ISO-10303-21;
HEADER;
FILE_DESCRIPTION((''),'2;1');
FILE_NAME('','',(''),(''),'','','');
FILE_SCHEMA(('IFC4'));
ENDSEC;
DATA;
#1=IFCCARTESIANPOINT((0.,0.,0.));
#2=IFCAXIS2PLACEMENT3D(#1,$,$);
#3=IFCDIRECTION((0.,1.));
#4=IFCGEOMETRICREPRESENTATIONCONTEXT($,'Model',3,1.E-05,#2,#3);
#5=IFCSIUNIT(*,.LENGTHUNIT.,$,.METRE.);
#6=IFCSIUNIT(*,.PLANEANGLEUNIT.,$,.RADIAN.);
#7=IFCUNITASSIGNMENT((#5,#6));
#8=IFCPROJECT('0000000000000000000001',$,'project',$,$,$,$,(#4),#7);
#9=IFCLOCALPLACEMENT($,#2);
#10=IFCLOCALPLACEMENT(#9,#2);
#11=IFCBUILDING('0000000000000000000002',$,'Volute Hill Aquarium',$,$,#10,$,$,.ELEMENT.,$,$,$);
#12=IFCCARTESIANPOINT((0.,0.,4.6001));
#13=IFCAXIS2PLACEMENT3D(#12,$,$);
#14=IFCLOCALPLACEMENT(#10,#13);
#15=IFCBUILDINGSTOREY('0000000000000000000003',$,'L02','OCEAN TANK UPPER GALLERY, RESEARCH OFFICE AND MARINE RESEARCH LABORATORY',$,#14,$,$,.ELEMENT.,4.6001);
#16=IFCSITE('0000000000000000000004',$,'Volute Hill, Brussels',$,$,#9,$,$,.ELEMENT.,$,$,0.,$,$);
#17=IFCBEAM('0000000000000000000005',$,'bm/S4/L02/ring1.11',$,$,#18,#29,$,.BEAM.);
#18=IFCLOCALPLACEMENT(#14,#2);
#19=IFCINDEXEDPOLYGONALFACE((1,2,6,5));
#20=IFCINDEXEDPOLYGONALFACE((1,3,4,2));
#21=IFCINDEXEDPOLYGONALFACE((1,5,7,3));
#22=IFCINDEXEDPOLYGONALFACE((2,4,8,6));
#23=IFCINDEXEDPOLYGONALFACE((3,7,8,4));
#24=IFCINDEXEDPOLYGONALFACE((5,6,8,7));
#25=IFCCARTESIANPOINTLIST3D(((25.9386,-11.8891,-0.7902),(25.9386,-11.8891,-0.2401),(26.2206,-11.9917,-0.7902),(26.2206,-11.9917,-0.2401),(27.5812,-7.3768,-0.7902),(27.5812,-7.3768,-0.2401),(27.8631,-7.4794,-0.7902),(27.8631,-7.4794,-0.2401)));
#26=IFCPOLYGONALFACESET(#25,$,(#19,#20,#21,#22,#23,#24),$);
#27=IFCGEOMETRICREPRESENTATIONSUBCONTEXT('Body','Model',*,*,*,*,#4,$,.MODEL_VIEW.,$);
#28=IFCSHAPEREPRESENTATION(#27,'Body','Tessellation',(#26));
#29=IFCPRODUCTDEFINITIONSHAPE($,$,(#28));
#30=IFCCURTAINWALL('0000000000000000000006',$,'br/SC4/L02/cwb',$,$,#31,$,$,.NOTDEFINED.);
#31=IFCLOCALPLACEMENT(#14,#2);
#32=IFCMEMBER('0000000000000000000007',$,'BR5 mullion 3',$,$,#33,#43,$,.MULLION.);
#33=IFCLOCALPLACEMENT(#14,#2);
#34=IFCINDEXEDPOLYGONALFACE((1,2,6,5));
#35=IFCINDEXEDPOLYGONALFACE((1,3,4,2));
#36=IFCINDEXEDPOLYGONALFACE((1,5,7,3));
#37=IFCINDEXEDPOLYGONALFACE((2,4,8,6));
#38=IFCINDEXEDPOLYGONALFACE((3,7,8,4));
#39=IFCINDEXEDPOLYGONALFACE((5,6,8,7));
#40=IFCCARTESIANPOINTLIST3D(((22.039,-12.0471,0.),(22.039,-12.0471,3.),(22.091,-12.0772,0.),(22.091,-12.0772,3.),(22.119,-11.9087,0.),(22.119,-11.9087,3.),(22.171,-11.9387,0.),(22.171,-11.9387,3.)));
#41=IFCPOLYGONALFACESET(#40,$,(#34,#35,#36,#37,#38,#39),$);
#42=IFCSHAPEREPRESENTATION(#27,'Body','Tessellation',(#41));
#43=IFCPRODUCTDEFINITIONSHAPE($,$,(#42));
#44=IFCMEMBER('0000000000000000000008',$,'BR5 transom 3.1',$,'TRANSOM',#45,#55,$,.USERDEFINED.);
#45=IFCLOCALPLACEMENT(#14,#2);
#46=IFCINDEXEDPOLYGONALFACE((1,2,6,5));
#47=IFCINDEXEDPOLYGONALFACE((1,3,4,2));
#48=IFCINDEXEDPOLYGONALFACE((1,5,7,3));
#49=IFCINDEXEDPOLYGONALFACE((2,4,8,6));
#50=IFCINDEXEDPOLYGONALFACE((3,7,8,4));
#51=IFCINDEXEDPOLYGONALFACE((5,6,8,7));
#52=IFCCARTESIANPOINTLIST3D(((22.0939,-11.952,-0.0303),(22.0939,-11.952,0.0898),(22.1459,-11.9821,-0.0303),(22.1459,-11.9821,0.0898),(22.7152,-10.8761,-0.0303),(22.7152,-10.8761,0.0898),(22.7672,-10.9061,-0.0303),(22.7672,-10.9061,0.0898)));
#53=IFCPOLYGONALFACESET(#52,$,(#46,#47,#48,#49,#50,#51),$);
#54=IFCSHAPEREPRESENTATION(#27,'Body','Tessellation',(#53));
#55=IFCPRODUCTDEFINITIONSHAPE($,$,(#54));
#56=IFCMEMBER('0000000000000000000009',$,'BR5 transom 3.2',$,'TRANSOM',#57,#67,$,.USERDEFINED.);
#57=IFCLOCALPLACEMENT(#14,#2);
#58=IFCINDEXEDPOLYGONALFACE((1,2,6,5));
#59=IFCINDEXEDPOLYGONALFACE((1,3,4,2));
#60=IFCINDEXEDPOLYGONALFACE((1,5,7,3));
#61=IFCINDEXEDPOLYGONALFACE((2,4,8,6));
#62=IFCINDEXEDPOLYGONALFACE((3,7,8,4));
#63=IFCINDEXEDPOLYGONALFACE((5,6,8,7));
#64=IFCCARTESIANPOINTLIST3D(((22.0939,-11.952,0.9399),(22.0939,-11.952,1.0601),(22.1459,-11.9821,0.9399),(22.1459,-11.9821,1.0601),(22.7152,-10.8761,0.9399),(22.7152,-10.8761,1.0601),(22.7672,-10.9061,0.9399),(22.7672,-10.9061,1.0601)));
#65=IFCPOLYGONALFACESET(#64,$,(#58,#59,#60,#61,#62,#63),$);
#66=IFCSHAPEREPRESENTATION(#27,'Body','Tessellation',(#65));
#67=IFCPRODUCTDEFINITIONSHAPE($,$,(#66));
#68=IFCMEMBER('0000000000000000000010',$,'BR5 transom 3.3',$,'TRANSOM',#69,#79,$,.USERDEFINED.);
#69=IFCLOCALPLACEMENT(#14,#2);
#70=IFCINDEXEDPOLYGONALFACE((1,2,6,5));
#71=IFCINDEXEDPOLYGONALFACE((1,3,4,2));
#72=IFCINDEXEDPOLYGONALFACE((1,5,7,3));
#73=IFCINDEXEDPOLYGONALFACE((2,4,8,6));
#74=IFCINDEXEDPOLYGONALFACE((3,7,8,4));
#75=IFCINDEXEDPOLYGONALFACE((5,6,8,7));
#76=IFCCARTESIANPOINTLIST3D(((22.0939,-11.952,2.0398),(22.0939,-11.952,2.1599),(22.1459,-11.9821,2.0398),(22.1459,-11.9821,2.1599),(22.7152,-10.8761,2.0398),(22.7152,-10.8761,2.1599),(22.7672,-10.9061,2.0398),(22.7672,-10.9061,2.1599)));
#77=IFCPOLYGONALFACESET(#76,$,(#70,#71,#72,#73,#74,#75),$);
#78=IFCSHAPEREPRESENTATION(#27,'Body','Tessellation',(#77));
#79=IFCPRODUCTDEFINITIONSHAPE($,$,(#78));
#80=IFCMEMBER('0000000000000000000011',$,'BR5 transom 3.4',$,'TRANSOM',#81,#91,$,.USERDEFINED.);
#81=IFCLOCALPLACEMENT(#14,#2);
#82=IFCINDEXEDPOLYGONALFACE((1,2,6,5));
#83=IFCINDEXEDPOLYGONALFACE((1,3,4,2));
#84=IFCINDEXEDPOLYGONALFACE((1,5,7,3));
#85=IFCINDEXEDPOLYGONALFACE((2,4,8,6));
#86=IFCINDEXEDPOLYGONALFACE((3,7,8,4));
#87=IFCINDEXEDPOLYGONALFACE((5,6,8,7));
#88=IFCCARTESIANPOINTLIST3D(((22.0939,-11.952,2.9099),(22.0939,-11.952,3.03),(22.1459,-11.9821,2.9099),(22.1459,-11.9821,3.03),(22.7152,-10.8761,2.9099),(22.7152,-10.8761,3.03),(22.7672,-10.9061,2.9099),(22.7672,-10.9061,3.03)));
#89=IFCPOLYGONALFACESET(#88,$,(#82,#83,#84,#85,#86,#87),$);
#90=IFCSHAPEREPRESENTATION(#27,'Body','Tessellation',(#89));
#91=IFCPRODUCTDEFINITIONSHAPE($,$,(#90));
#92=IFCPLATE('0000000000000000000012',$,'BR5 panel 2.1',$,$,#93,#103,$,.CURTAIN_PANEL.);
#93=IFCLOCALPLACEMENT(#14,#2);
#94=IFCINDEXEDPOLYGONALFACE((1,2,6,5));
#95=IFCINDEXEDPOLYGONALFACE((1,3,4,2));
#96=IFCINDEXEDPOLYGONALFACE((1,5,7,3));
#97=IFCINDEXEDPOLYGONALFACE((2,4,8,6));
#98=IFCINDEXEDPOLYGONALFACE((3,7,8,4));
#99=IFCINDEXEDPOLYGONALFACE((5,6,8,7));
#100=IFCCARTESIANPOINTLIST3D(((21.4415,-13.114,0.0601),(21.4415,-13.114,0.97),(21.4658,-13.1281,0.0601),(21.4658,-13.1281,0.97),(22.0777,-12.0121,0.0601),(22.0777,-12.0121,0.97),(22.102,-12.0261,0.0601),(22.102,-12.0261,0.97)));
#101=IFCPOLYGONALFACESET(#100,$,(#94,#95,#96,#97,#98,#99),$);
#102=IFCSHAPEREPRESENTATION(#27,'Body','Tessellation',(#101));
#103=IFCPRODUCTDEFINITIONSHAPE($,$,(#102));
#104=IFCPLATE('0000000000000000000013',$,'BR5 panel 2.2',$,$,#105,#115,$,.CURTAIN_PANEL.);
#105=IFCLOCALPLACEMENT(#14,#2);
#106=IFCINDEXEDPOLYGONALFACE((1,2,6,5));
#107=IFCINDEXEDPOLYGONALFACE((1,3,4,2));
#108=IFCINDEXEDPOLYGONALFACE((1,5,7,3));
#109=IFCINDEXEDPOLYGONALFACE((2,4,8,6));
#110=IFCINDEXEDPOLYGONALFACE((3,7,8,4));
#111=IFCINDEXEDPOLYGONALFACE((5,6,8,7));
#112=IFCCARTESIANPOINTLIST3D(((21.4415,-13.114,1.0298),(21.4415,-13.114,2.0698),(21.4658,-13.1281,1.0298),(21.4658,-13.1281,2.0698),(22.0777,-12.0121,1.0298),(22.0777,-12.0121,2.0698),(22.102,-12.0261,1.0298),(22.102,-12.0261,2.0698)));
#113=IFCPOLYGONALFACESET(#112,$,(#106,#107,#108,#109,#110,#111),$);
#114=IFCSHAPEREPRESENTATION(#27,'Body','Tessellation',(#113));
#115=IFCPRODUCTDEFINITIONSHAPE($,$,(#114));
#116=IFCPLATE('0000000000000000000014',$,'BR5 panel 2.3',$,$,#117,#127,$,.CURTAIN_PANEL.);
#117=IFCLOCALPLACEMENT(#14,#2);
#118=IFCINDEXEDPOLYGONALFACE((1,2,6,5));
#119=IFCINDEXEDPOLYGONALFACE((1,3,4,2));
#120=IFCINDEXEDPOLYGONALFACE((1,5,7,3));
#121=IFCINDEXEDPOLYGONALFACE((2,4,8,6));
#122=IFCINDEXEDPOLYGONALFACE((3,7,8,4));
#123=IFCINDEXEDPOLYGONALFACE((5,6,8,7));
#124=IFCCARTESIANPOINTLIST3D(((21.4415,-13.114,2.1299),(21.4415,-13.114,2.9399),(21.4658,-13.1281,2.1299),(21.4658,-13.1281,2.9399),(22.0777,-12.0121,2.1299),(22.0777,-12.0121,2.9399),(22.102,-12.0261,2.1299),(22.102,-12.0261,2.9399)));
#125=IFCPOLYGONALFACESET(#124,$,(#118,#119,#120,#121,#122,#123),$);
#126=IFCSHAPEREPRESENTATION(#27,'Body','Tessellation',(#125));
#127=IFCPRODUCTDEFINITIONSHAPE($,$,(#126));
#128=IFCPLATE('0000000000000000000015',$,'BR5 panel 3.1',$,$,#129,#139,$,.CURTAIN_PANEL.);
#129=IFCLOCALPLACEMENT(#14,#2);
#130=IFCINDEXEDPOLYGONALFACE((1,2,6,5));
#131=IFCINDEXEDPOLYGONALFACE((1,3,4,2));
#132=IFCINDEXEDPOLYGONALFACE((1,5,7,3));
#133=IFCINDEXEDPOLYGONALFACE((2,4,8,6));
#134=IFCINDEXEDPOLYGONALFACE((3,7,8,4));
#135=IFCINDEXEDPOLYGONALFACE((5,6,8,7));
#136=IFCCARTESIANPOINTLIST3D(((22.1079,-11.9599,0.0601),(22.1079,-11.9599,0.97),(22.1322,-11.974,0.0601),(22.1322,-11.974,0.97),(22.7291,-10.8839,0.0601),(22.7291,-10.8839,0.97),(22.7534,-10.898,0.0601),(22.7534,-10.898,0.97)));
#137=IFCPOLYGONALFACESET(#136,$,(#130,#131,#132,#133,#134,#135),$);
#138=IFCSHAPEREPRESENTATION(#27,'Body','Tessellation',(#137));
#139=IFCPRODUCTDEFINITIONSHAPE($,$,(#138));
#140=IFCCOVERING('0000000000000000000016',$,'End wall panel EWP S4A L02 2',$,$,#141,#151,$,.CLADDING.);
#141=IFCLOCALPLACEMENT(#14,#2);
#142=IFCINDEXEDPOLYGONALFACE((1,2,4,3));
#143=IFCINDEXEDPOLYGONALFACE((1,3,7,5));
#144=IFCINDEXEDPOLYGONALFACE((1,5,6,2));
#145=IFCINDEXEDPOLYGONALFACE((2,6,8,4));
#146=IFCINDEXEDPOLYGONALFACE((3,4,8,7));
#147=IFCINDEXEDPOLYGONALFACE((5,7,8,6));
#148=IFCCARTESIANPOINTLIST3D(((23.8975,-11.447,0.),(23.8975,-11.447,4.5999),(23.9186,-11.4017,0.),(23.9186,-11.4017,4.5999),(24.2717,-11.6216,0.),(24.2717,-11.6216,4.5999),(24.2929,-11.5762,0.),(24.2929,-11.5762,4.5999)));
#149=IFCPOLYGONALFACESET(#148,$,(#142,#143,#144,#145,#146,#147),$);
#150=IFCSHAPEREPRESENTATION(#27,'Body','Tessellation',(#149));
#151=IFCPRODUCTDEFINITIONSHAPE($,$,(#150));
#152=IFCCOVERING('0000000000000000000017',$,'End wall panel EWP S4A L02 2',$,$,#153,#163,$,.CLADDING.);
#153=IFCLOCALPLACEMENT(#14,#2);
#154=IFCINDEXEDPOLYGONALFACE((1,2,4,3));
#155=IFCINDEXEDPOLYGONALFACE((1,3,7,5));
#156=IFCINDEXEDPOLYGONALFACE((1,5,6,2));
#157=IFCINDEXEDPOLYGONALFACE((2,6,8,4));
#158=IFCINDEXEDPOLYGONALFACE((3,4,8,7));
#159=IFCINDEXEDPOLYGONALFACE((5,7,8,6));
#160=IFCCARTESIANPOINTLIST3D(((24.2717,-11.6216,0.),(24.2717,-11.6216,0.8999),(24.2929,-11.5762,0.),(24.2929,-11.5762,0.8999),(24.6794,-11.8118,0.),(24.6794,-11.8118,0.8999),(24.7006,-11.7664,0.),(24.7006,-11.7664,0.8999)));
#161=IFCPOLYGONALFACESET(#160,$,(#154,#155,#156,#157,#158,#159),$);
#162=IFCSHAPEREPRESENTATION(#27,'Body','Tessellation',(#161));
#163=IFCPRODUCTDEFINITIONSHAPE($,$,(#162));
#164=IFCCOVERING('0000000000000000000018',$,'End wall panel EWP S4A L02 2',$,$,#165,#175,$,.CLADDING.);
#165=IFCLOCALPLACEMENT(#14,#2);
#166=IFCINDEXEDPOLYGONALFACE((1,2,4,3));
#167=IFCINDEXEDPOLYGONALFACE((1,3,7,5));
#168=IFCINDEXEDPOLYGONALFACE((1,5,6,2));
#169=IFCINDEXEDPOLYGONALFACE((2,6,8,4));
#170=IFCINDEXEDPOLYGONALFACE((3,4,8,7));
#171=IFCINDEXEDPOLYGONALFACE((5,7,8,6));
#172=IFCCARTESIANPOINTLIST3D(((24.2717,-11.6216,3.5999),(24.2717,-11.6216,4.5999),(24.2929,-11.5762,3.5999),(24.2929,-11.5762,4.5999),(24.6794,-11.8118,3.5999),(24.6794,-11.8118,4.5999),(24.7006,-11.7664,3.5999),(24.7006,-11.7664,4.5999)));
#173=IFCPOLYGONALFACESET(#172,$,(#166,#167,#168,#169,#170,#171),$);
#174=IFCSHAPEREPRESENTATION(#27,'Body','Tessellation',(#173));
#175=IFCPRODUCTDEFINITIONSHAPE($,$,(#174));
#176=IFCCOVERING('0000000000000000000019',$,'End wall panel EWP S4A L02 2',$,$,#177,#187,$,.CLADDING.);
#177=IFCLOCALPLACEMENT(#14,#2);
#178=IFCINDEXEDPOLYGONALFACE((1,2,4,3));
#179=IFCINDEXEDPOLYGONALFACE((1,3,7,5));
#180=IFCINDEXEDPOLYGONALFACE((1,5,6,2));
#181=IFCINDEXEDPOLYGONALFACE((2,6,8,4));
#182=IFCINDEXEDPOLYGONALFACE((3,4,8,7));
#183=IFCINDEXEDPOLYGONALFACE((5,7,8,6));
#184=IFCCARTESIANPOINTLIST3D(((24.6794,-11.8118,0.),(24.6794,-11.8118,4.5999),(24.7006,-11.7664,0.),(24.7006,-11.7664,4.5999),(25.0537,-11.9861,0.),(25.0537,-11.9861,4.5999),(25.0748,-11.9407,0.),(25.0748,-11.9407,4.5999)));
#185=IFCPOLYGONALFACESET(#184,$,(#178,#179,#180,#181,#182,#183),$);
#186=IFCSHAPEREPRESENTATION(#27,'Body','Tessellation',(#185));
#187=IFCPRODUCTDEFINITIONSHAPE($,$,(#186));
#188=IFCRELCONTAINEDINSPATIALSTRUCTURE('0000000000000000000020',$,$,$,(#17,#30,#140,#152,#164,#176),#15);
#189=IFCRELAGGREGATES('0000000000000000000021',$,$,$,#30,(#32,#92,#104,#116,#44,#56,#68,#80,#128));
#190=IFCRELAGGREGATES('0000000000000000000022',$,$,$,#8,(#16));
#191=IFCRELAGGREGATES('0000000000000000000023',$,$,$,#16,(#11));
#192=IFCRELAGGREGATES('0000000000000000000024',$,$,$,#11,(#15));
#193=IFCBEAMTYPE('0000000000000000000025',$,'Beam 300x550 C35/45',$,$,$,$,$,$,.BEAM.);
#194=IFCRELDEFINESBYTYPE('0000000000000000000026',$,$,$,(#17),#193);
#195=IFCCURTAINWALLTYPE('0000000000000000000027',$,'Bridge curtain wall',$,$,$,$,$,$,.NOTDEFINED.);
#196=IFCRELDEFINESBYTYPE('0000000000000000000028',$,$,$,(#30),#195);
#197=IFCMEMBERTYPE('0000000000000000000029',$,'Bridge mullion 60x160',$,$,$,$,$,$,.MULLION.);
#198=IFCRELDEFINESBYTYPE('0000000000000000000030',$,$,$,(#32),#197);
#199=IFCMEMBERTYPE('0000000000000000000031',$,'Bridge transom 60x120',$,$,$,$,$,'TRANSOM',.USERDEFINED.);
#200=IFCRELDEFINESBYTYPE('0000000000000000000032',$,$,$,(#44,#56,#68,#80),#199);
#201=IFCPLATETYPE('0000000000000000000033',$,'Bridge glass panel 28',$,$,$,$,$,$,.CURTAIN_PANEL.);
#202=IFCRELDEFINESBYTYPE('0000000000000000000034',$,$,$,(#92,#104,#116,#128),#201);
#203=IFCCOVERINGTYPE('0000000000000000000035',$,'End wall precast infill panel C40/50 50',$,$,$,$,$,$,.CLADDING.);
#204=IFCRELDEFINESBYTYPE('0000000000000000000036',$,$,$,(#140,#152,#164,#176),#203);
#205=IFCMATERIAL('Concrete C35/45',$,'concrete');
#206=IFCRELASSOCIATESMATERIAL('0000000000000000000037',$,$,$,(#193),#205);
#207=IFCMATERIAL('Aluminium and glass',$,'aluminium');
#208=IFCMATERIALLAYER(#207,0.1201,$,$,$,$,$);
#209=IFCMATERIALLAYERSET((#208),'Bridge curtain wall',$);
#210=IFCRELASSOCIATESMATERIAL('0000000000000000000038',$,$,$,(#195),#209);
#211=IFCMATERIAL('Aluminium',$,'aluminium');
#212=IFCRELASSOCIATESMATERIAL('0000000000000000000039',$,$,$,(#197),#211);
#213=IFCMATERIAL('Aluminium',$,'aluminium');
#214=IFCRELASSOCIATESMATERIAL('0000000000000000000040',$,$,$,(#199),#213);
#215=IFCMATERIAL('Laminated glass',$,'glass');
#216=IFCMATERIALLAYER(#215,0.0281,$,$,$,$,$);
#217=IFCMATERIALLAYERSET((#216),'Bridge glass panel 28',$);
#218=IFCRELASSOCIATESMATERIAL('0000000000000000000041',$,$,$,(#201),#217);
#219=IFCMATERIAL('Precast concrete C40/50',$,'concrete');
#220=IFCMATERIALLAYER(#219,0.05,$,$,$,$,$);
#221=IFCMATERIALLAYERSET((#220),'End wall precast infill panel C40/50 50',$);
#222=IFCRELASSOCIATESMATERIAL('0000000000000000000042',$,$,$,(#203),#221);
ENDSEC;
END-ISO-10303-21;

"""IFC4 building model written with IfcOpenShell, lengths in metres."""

from ifc_helpers import new_model, si_unit, direction, frame, origin, origin_2d, place, context, subcontext, project, spatial, polyline, rectangle, outline, extrude, material, layer, layer_set, material_profile, profile_set, type_object, element, aggregate, save


model = new_model("IFC4")

# Units and contexts
model_context = context("Model", 3, precision=1e-05, world=origin(), true_north=direction((0.0, 1.0)))
body_context = subcontext(model_context, "Body", "Model", "MODEL_VIEW")
ifc_project = project(units=[si_unit("LENGTHUNIT", "METRE"), si_unit("PLANEANGLEUNIT", "RADIAN")], contexts=[model_context])

# Site, building, storey
site_placement = place(None, origin())
site = spatial("IfcSite", under=ifc_project, at=site_placement, Name="Volute Hill, Brussels", CompositionType="ELEMENT", RefElevation=0.0)
building_placement = place(site_placement, origin())
building = spatial("IfcBuilding", under=site, at=building_placement, Name="Volute Hill Aquarium", CompositionType="ELEMENT")
storey_placement = place(building_placement, frame((0.0, 0.0, 4.6001)))
storey = spatial("IfcBuildingStorey", under=building, at=storey_placement, Name="L02", Description="OCEAN TANK UPPER GALLERY, RESEARCH OFFICE AND MARINE RESEARCH LABORATORY", CompositionType="ELEMENT", Elevation=4.6001)

# Beam
ifc_material_1 = material(Name="Concrete C35/45", Category="concrete")
ifc_material_profile_1 = material_profile(ifc_material_1, rectangle(XDim=0.3, YDim=0.55, at=origin_2d()), Name="RC beam 300x550")
ifc_profile_set_1 = profile_set([ifc_material_profile_1], Name="Concrete C35/45")
beam_type = type_object("IfcBeamType", Name="Beam 300x550 C35/45", PredefinedType="BEAM", material=ifc_profile_set_1)
beam_placement = place(storey_placement, frame((26.0796, -11.9404, -0.5151), z_axis=(0.342053, 0.939681, 0.0), x_axis=(-0.939681, 0.342053, 0.0)))
element("IfcBeam", 1, at=beam_placement, inside=storey, type_object=beam_type, Name="bm/S4/L02/ring1.11", PredefinedType="BEAM", context=body_context, shape_type="SweptSolid", body=[
    extrude(rectangle(XDim=0.3, YDim=0.55, at=origin_2d()), origin(), (0.0, 0.0, 1.0), 4.802),
])

# Curtain wall, members, plates
ifc_material_2 = material(Name="Aluminium and glass", Category="aluminium")
ifc_layer_1 = layer(ifc_material_2, 0.1201)
ifc_layer_set_1 = layer_set([ifc_layer_1], Name="Bridge curtain wall")
curtain_wall_type = type_object("IfcCurtainWallType", Name="Bridge curtain wall", PredefinedType="NOTDEFINED", material=ifc_layer_set_1)
curtain_wall_placement = place(storey_placement, origin())
curtain_wall = element("IfcCurtainWall", 2, at=curtain_wall_placement, inside=storey, type_object=curtain_wall_type, Name="br/SC4/L02/cwb", PredefinedType="NOTDEFINED")
ifc_material_3 = material(Name="Aluminium", Category="aluminium")
ifc_material_profile_2 = material_profile(ifc_material_3, rectangle(XDim=0.0601, YDim=0.1599, at=origin_2d()), Name="Aluminium mullion 60x160")
ifc_profile_set_2 = profile_set([ifc_material_profile_2], Name="Aluminium")
member_type_1 = type_object("IfcMemberType", Name="Bridge mullion 60x160", PredefinedType="MULLION", material=ifc_profile_set_2)
member_1_placement = place(storey_placement, frame((22.105, -11.9929, 0.0), z_axis=(0.0, 0.0, 1.0), x_axis=(-0.866022, 0.500005, 0.0)))
member_1 = element("IfcMember", 3, at=member_1_placement, type_object=member_type_1, Name="BR5 mullion 3", PredefinedType="MULLION", context=body_context, shape_type="SweptSolid", body=[
    extrude(rectangle(XDim=0.0601, YDim=0.1599, at=origin_2d()), origin(), (0.0, 0.0, 1.0), 3.0),
])
ifc_material_4 = material(Name="Aluminium", Category="aluminium")
ifc_material_profile_3 = material_profile(ifc_material_4, rectangle(XDim=0.0601, YDim=0.1201, at=origin_2d()), Name="Aluminium transom 60x120")
ifc_profile_set_3 = profile_set([ifc_material_profile_3], Name="Aluminium")
member_type_2 = type_object("IfcMemberType", Name="Bridge transom 60x120", ElementType="TRANSOM", PredefinedType="USERDEFINED", material=ifc_profile_set_3)
member_2_placement = place(storey_placement, frame((22.1199, -11.967, 0.0298), z_axis=(0.500091, 0.865973, 0.0), x_axis=(-0.865973, 0.500091, 0.0)))
member_2 = element("IfcMember", 4, at=member_2_placement, type_object=member_type_2, Name="BR5 transom 3.1", ObjectType="TRANSOM", PredefinedType="USERDEFINED", context=body_context, shape_type="SweptSolid", body=[
    extrude(rectangle(XDim=0.0601, YDim=0.1201, at=origin_2d()), origin(), (0.0, 0.0, 1.0), 1.2424),
])
member_3_placement = place(storey_placement, frame((22.1199, -11.967, 1.0), z_axis=(0.500091, 0.865973, 0.0), x_axis=(-0.865973, 0.500091, 0.0)))
member_3 = element("IfcMember", 5, at=member_3_placement, type_object=member_type_2, Name="BR5 transom 3.2", ObjectType="TRANSOM", PredefinedType="USERDEFINED", context=body_context, shape_type="SweptSolid", body=[
    extrude(rectangle(XDim=0.0601, YDim=0.1201, at=origin_2d()), origin(), (0.0, 0.0, 1.0), 1.2424),
])
member_4_placement = place(storey_placement, frame((22.1199, -11.967, 2.0999), z_axis=(0.500091, 0.865973, 0.0), x_axis=(-0.865973, 0.500091, 0.0)))
member_4 = element("IfcMember", 6, at=member_4_placement, type_object=member_type_2, Name="BR5 transom 3.3", ObjectType="TRANSOM", PredefinedType="USERDEFINED", context=body_context, shape_type="SweptSolid", body=[
    extrude(rectangle(XDim=0.0601, YDim=0.1201, at=origin_2d()), origin(), (0.0, 0.0, 1.0), 1.2424),
])
member_5_placement = place(storey_placement, frame((22.1199, -11.967, 2.97), z_axis=(0.500091, 0.865973, 0.0), x_axis=(-0.865973, 0.500091, 0.0)))
member_5 = element("IfcMember", 7, at=member_5_placement, type_object=member_type_2, Name="BR5 transom 3.4", ObjectType="TRANSOM", PredefinedType="USERDEFINED", context=body_context, shape_type="SweptSolid", body=[
    extrude(rectangle(XDim=0.0601, YDim=0.1201, at=origin_2d()), origin(), (0.0, 0.0, 1.0), 1.2424),
])
ifc_material_5 = material(Name="Laminated glass", Category="glass")
ifc_layer_2 = layer(ifc_material_5, 0.0281)
ifc_layer_set_2 = layer_set([ifc_layer_2], Name="Bridge glass panel 28")
plate_type = type_object("IfcPlateType", Name="Bridge glass panel 28", PredefinedType="CURTAIN_PANEL", material=ifc_layer_set_2)
plate_1_placement = place(storey_placement, frame((21.7717, -12.5701, 0.0601), z_axis=(0.0, 0.0, 1.0), x_axis=(0.500005, 0.866022, 0.0)))
plate_1 = element("IfcPlate", 8, at=plate_1_placement, type_object=plate_type, Name="BR5 panel 2.1", PredefinedType="CURTAIN_PANEL", context=body_context, shape_type="SweptSolid", body=[
    extrude(rectangle(XDim=1.2725, YDim=0.0281, at=origin_2d()), origin(), (0.0, 0.0, 1.0), 0.9099),
])
plate_2_placement = place(storey_placement, frame((21.7717, -12.5701, 1.0298), z_axis=(0.0, 0.0, 1.0), x_axis=(0.500005, 0.866022, 0.0)))
plate_2 = element("IfcPlate", 9, at=plate_2_placement, type_object=plate_type, Name="BR5 panel 2.2", PredefinedType="CURTAIN_PANEL", context=body_context, shape_type="SweptSolid", body=[
    extrude(rectangle(XDim=1.2725, YDim=0.0281, at=origin_2d()), origin(), (0.0, 0.0, 1.0), 1.04),
])
plate_3_placement = place(storey_placement, frame((21.7717, -12.5701, 2.1299), z_axis=(0.0, 0.0, 1.0), x_axis=(0.500005, 0.866022, 0.0)))
plate_3 = element("IfcPlate", 10, at=plate_3_placement, type_object=plate_type, Name="BR5 panel 2.3", PredefinedType="CURTAIN_PANEL", context=body_context, shape_type="SweptSolid", body=[
    extrude(rectangle(XDim=1.2725, YDim=0.0281, at=origin_2d()), origin(), (0.0, 0.0, 1.0), 0.8101),
])
plate_4_placement = place(storey_placement, frame((22.4307, -11.429, 0.0601), z_axis=(0.0, 0.0, 1.0), x_axis=(0.500005, 0.866022, 0.0)))
plate_4 = element("IfcPlate", 11, at=plate_4_placement, type_object=plate_type, Name="BR5 panel 3.1", PredefinedType="CURTAIN_PANEL", context=body_context, shape_type="SweptSolid", body=[
    extrude(rectangle(XDim=1.2424, YDim=0.0281, at=origin_2d()), origin(), (0.0, 0.0, 1.0), 0.9099),
])
aggregate(curtain_wall, [member_1, plate_1, plate_2, plate_3, member_2, member_3, member_4, member_5, plate_4])

# Coverings
ifc_material_6 = material(Name="Precast concrete C40/50", Category="concrete")
ifc_layer_3 = layer(ifc_material_6, 0.05)
ifc_layer_set_3 = layer_set([ifc_layer_3], Name="End wall precast infill panel C40/50 50")
covering_type = type_object("IfcCoveringType", Name="End wall precast infill panel C40/50 50", PredefinedType="CLADDING", material=ifc_layer_set_3)
covering_1_placement = place(storey_placement, frame((23.8975, -11.447, 0.0), z_axis=(-0.422691, -0.906274, 0.0), x_axis=(0.906274, -0.422691, 0.0)))
element("IfcCovering", 12, at=covering_1_placement, inside=storey, type_object=covering_type, Name="End wall panel EWP S4A L02 2", PredefinedType="CLADDING", context=body_context, shape_type="SweptSolid", body=[
    extrude(outline(polyline([(0.0, 0.0), (0.413, 0.0), (0.413, 4.5999), (0.0, 4.5999), (0.0, 0.0)])), origin(), (0.0, 0.0, -1.0), 0.05),
])
covering_2_placement = place(storey_placement, frame((24.2717, -11.6216, 0.0), z_axis=(-0.422737, -0.906252, 0.0), x_axis=(0.906252, -0.422737, 0.0)))
element("IfcCovering", 13, at=covering_2_placement, inside=storey, type_object=covering_type, Name="End wall panel EWP S4A L02 2", PredefinedType="CLADDING", context=body_context, shape_type="SweptSolid", body=[
    extrude(outline(polyline([(0.0, 0.0), (0.4499, 0.0), (0.4499, 0.8999), (0.0, 0.8999), (0.0, 0.0)])), origin(), (0.0, 0.0, -1.0), 0.05),
])
covering_3_placement = place(storey_placement, frame((24.2717, -11.6216, 3.5999), z_axis=(-0.422737, -0.906252, 0.0), x_axis=(0.906252, -0.422737, 0.0)))
element("IfcCovering", 14, at=covering_3_placement, inside=storey, type_object=covering_type, Name="End wall panel EWP S4A L02 2", PredefinedType="CLADDING", context=body_context, shape_type="SweptSolid", body=[
    extrude(outline(polyline([(0.0, 0.0), (0.4499, 0.0), (0.4499, 1.0), (0.0, 1.0), (0.0, 0.0)])), origin(), (0.0, 0.0, -1.0), 0.05),
])
covering_4_placement = place(storey_placement, frame((24.6794, -11.8118, 0.0), z_axis=(-0.422206, -0.9065, 0.0), x_axis=(0.9065, -0.422206, 0.0)))
element("IfcCovering", 15, at=covering_4_placement, inside=storey, type_object=covering_type, Name="End wall panel EWP S4A L02 2", PredefinedType="CLADDING", context=body_context, shape_type="SweptSolid", body=[
    extrude(outline(polyline([(0.0, 0.0), (0.4129, 0.0), (0.4129, 4.5999), (0.0, 4.5999), (0.0, 0.0)])), origin(), (0.0, 0.0, -1.0), 0.05),
])

save(model, "model.ifc")
